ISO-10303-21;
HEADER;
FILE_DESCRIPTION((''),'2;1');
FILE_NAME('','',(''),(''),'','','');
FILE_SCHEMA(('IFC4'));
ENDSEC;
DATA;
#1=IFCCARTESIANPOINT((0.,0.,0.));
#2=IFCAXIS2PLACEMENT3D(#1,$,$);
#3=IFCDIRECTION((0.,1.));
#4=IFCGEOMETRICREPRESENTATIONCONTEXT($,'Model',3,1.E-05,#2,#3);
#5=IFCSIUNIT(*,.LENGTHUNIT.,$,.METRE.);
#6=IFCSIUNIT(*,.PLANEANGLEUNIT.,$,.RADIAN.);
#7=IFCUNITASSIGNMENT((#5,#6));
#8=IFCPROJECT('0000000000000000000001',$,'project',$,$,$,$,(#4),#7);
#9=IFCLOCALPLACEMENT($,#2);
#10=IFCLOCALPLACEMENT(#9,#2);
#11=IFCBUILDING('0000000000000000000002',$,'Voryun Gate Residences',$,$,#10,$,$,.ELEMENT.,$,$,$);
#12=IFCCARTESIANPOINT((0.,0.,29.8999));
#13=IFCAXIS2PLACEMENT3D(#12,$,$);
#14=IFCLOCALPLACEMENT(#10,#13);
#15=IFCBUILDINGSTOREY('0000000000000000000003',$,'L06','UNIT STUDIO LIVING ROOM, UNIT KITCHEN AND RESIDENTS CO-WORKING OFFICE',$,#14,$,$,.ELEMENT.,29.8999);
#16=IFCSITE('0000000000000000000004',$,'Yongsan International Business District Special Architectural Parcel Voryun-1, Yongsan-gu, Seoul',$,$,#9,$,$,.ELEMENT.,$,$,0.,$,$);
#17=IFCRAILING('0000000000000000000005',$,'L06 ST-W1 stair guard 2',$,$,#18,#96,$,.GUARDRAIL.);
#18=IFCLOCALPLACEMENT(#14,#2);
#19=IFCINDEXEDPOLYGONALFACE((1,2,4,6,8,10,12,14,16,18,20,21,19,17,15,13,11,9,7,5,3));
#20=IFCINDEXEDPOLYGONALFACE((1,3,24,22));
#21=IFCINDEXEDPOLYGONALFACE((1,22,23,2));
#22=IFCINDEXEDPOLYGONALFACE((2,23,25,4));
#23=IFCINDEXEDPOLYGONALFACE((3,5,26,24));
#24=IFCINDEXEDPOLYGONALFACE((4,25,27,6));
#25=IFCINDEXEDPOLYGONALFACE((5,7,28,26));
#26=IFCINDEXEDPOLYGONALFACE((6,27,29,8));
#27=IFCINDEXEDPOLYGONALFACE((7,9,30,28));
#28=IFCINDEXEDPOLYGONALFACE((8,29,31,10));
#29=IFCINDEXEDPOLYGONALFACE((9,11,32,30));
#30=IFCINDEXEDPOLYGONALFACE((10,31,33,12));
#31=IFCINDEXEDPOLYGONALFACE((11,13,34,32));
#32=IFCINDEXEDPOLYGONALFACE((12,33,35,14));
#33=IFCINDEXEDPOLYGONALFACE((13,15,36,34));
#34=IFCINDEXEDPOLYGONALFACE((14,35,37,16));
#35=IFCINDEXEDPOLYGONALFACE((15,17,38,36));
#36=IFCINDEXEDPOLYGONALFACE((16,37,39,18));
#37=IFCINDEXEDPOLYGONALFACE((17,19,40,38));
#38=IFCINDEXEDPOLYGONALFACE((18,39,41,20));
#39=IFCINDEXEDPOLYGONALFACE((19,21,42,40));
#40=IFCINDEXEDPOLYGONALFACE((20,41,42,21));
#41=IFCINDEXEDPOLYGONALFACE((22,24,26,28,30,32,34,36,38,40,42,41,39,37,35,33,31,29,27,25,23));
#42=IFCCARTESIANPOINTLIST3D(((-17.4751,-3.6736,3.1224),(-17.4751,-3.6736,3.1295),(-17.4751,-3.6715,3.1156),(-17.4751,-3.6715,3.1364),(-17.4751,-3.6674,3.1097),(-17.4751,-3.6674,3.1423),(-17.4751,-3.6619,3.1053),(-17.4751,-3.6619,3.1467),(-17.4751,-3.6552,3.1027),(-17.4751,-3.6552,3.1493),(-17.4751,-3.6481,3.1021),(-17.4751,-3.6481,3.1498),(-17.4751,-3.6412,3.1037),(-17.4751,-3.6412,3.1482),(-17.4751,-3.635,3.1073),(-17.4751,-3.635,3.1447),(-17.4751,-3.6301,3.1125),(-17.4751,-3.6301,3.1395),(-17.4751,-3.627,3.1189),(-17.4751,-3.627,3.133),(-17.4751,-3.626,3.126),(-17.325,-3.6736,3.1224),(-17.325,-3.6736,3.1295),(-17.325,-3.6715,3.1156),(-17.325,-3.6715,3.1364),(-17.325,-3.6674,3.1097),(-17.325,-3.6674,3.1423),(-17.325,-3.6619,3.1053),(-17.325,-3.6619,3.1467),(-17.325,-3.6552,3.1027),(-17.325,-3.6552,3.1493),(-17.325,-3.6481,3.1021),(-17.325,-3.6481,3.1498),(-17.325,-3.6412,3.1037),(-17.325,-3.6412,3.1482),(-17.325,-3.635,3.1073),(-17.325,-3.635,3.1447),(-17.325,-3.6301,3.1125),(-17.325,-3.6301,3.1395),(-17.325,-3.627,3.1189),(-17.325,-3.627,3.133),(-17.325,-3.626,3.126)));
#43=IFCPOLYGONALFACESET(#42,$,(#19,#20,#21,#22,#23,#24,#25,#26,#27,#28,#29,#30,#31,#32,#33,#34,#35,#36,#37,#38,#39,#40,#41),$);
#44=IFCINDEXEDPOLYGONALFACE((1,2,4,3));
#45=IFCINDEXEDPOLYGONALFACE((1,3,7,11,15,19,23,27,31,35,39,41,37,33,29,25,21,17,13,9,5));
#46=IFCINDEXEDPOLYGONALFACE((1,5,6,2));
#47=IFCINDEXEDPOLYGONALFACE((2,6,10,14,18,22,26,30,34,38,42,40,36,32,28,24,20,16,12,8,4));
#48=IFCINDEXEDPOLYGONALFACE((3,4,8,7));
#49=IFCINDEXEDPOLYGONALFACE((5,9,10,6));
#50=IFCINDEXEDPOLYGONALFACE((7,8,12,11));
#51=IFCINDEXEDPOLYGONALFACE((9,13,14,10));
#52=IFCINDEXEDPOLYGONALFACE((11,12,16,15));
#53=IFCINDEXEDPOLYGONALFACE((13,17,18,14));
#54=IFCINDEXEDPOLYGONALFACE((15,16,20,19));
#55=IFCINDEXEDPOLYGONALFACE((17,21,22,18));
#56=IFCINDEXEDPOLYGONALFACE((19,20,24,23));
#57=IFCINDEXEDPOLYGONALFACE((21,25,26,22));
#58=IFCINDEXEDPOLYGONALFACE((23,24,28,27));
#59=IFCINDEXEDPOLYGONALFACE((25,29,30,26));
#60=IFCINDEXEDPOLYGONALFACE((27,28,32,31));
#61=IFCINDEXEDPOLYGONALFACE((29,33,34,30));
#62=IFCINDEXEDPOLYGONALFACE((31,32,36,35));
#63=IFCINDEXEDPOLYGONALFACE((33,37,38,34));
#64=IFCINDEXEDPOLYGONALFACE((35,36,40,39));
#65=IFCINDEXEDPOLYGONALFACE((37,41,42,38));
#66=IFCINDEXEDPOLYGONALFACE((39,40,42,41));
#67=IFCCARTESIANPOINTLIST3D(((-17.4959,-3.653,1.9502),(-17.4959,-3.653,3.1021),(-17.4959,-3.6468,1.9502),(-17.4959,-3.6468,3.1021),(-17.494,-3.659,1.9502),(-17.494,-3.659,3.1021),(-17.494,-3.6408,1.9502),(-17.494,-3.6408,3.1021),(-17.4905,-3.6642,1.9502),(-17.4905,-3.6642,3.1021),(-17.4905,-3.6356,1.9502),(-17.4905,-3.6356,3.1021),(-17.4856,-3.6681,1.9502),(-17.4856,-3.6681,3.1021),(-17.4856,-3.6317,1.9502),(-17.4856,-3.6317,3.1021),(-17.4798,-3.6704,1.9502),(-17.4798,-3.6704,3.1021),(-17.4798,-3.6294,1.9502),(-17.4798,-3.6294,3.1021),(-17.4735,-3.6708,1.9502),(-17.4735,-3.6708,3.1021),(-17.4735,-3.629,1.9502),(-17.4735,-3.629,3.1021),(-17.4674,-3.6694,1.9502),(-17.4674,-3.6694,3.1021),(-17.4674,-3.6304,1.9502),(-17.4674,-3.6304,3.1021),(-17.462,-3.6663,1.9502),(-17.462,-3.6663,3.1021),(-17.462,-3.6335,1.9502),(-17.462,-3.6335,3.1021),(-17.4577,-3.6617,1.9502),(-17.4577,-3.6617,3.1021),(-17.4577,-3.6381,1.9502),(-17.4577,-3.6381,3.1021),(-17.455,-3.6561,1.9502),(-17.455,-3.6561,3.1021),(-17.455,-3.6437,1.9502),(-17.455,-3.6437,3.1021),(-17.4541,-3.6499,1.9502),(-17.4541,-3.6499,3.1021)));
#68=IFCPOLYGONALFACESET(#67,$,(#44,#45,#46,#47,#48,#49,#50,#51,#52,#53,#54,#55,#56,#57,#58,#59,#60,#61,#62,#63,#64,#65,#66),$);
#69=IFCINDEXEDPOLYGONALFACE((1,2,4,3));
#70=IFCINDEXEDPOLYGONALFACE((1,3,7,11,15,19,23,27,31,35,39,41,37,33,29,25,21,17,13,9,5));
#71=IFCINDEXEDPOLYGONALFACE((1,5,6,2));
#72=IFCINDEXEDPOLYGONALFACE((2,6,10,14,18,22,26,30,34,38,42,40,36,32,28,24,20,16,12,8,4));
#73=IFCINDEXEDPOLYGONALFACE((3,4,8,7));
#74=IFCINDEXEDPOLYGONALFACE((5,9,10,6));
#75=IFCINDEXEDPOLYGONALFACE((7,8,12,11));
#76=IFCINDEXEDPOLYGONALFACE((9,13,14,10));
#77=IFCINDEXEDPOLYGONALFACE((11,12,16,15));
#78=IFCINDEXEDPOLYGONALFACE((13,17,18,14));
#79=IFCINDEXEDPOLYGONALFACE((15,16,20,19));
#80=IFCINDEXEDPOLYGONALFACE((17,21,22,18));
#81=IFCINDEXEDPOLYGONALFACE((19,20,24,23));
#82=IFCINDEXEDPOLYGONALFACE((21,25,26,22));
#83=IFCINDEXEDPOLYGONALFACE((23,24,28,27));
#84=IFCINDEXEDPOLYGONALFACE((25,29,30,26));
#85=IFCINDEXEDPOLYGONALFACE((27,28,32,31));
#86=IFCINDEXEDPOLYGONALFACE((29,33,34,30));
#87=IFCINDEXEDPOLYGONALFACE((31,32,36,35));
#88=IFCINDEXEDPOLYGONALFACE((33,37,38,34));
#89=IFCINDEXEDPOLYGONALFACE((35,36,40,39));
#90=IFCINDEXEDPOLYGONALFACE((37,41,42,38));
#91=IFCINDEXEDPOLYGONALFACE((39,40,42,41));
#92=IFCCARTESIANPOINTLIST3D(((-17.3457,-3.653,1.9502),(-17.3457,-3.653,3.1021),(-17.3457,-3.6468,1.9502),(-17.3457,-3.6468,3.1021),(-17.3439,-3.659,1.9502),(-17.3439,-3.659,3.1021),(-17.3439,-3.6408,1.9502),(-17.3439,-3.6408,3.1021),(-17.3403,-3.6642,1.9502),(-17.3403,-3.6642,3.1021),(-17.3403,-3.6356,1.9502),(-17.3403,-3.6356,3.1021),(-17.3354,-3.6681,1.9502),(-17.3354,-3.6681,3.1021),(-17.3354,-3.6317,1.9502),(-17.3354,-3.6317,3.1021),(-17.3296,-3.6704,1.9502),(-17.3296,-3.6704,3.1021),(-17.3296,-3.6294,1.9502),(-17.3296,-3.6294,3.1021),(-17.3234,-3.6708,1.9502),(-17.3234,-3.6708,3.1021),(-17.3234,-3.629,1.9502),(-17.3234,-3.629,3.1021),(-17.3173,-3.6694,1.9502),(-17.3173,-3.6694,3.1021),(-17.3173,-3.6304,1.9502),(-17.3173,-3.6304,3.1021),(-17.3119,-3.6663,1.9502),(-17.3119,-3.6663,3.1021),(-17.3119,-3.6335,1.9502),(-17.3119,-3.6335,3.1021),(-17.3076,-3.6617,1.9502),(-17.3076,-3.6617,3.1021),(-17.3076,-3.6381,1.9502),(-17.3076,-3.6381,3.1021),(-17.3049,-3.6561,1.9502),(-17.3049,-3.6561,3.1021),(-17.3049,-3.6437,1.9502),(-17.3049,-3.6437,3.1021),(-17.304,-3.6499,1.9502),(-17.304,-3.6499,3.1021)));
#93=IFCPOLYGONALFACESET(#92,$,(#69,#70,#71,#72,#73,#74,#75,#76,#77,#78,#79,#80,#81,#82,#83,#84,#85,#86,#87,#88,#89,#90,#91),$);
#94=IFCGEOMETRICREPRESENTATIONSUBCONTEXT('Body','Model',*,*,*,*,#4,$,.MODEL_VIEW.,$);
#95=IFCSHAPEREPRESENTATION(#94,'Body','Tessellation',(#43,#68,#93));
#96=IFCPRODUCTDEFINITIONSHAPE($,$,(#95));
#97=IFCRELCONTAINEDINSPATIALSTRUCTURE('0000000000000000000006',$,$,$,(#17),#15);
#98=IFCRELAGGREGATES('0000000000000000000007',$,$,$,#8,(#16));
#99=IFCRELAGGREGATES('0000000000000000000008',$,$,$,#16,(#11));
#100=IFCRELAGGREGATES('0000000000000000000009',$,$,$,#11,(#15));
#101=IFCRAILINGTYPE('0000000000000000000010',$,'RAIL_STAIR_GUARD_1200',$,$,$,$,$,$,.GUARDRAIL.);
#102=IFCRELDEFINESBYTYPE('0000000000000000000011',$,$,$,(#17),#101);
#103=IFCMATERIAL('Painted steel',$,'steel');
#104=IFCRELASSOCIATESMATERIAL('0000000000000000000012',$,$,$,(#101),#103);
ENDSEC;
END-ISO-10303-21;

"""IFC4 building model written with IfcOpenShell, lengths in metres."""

from ifc_helpers import new_model, si_unit, direction, frame, origin, origin_2d, place, context, subcontext, project, spatial, circle, extrude, material, type_object, element, save


model = new_model("IFC4")

# Units and contexts
model_context = context("Model", 3, precision=1e-05, world=origin(), true_north=direction((0.0, 1.0)))
body_context = subcontext(model_context, "Body", "Model", "MODEL_VIEW")
ifc_project = project(units=[si_unit("LENGTHUNIT", "METRE"), si_unit("PLANEANGLEUNIT", "RADIAN")], contexts=[model_context])

# Site, building, storey
site_placement = place(None, origin())
site = spatial("IfcSite", under=ifc_project, at=site_placement, Name="Yongsan International Business District Special Architectural Parcel Voryun-1, Yongsan-gu, Seoul", CompositionType="ELEMENT", RefElevation=0.0)
building_placement = place(site_placement, origin())
building = spatial("IfcBuilding", under=site, at=building_placement, Name="Voryun Gate Residences", CompositionType="ELEMENT")
storey_placement = place(building_placement, frame((0.0, 0.0, 29.8999)))
storey = spatial("IfcBuildingStorey", under=building, at=storey_placement, Name="L06", Description="UNIT STUDIO LIVING ROOM, UNIT KITCHEN AND RESIDENTS CO-WORKING OFFICE", CompositionType="ELEMENT", Elevation=29.8999)

# Railing
ifc_material_1 = material(Name="Painted steel", Category="steel")
railing_type_1 = type_object("IfcRailingType", Name="RAIL_STAIR_GUARD_1200", PredefinedType="GUARDRAIL", material=ifc_material_1)
railing_1_placement = place(storey_placement, frame((-17.4751, -3.6499, 1.9502)))
element("IfcRailing", 1, at=railing_1_placement, inside=storey, type_object=railing_type_1, Name="L06 ST-W1 stair guard 2", PredefinedType="GUARDRAIL", context=body_context, shape_type="SweptSolid", body=[
    extrude(circle(Radius=0.0239, at=origin_2d()), frame((0.0, 0.0, 1.1758), z_axis=(1.0, 0.0, 0.0), x_axis=(0.0, 1.0, 0.0)), (0.0, 0.0, 1.0), 0.1501),
    extrude(circle(Radius=0.021, at=origin_2d()), origin(), (0.0, 0.0, 1.0), 1.1519),
    extrude(circle(Radius=0.021, at=origin_2d()), frame((0.1501, 0.0, 0.0)), (0.0, 0.0, 1.0), 1.1519),
])

save(model, "model.ifc")
